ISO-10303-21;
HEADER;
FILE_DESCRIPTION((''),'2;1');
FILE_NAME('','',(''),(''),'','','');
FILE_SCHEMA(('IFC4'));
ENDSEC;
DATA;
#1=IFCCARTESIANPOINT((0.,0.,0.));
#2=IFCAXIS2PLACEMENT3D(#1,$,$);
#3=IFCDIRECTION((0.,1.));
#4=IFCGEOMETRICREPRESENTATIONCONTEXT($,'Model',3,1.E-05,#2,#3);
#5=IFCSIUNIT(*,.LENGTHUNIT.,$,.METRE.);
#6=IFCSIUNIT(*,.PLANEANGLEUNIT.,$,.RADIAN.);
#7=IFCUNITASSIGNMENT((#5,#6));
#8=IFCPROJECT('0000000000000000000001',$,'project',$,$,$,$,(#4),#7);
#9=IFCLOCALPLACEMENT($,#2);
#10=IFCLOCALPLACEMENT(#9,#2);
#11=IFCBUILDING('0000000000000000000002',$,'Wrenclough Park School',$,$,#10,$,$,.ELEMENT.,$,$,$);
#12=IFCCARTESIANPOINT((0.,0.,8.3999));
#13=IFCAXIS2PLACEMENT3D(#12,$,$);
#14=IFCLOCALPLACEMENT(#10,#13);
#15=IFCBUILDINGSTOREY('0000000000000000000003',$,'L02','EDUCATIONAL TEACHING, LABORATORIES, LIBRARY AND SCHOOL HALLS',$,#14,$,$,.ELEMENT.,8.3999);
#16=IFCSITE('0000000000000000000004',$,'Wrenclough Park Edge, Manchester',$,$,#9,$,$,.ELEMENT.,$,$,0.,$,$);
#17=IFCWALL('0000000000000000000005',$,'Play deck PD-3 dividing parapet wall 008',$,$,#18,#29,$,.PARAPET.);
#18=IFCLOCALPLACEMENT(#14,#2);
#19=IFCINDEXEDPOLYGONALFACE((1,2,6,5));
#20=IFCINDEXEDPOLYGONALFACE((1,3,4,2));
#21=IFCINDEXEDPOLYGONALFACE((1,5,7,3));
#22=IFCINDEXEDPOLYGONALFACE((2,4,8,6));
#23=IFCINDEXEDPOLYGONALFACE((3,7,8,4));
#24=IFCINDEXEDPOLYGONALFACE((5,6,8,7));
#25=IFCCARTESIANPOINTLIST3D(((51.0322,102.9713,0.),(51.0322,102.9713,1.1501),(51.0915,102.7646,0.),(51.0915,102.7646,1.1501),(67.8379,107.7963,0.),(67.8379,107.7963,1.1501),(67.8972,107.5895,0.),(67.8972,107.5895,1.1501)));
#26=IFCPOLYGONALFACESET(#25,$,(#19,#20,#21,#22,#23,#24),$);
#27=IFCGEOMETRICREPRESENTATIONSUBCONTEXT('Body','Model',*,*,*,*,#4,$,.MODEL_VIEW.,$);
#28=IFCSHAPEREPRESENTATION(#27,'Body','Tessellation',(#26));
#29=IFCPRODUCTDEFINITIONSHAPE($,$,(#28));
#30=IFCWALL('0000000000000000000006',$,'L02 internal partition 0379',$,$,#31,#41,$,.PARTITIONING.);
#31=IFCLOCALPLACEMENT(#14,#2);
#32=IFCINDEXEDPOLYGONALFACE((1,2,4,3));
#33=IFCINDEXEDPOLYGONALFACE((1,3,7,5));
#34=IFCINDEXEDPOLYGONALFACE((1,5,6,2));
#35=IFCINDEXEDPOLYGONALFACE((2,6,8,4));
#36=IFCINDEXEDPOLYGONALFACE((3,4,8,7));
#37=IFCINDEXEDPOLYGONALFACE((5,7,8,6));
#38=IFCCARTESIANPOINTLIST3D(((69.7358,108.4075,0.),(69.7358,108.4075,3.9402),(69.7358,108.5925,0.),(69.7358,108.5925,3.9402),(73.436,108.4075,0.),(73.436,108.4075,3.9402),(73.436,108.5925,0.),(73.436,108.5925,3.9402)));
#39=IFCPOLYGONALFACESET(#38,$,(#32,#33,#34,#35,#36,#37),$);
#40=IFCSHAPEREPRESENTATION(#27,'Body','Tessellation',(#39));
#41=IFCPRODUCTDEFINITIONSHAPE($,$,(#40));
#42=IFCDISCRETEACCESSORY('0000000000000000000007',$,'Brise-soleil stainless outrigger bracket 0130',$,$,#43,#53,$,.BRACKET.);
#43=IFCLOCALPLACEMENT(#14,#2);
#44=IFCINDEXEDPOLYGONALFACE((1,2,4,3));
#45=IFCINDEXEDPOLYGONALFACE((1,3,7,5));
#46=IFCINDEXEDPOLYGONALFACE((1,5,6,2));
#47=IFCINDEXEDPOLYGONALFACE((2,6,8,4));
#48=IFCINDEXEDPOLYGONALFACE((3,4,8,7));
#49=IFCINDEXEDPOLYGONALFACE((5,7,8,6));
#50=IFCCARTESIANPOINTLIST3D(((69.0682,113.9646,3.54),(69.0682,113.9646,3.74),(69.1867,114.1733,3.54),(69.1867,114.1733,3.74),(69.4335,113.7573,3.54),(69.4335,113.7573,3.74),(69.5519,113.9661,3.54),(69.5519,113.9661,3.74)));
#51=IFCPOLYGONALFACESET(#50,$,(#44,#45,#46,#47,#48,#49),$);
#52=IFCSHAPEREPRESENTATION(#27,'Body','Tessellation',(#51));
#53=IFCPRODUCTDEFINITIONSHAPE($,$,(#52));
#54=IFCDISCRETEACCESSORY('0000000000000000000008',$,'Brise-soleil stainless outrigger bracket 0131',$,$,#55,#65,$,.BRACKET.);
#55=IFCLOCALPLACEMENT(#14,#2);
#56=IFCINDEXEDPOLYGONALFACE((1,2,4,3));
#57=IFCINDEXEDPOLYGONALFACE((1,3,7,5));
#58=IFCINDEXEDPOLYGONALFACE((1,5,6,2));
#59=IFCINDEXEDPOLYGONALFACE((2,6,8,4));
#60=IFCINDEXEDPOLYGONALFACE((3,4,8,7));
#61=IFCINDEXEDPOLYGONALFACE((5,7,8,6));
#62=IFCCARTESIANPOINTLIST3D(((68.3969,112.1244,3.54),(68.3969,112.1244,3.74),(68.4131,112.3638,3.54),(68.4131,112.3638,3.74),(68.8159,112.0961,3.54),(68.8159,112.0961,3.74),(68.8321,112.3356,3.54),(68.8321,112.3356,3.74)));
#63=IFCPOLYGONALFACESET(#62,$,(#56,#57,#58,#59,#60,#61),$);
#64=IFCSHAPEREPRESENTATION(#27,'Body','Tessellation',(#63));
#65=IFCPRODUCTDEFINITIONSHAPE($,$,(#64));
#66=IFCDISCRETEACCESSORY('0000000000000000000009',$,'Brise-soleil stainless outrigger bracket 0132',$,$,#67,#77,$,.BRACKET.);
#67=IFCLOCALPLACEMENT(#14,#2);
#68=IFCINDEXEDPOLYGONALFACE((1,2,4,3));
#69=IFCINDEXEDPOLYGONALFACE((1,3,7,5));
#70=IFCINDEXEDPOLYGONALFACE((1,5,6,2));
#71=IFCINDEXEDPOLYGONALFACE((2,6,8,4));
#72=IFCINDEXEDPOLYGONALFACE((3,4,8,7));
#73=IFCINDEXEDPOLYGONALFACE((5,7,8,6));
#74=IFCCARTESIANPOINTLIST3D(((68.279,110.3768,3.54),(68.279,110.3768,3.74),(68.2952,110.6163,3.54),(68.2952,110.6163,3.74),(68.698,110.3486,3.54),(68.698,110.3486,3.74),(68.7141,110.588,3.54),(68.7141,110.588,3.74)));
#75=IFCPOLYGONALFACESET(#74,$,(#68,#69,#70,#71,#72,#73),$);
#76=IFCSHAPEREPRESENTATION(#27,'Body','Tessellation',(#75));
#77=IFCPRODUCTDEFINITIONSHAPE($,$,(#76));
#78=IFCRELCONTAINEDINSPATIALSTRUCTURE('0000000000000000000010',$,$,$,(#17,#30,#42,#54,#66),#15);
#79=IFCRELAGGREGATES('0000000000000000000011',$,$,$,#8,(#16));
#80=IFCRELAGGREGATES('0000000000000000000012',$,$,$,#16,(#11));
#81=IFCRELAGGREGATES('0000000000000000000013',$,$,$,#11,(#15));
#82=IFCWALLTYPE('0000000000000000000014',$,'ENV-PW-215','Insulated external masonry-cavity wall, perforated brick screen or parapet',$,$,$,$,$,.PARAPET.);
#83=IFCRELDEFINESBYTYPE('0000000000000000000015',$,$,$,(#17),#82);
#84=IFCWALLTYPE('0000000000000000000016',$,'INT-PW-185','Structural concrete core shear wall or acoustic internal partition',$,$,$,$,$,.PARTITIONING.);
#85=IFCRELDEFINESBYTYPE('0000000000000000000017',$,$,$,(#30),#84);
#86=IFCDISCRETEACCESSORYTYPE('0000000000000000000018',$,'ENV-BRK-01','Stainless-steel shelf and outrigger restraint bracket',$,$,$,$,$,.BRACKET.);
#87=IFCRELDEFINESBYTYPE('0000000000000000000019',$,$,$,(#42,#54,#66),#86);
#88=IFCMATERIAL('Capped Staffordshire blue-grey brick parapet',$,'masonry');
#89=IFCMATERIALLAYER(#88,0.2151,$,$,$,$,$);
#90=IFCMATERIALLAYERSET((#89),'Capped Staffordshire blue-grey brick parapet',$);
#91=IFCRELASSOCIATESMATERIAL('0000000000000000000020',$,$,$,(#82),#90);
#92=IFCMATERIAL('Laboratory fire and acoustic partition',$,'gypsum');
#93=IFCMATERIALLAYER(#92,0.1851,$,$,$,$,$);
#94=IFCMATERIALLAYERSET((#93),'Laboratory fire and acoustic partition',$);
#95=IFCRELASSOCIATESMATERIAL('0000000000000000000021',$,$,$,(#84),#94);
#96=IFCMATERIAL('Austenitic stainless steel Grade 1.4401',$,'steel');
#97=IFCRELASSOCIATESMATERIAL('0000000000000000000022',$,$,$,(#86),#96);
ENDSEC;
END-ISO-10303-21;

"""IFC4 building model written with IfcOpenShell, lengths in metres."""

from ifc_helpers import new_model, si_unit, direction, frame, frame_2d, origin, origin_2d, place, context, subcontext, project, spatial, rectangle, extrude, material, layer, layer_set, type_object, element, save


model = new_model("IFC4")

# Units and contexts
model_context = context("Model", 3, precision=1e-05, world=origin(), true_north=direction((0.0, 1.0)))
body_context = subcontext(model_context, "Body", "Model", "MODEL_VIEW")
ifc_project = project(units=[si_unit("LENGTHUNIT", "METRE"), si_unit("PLANEANGLEUNIT", "RADIAN")], contexts=[model_context])

# Site, building, storey
site_placement = place(None, origin())
site = spatial("IfcSite", under=ifc_project, at=site_placement, Name="Wrenclough Park Edge, Manchester", CompositionType="ELEMENT", RefElevation=0.0)
building_placement = place(site_placement, origin())
building = spatial("IfcBuilding", under=site, at=building_placement, Name="Wrenclough Park School", CompositionType="ELEMENT")
storey_placement = place(building_placement, frame((0.0, 0.0, 8.3999)))
storey = spatial("IfcBuildingStorey", under=building, at=storey_placement, Name="L02", Description="EDUCATIONAL TEACHING, LABORATORIES, LIBRARY AND SCHOOL HALLS", CompositionType="ELEMENT", Elevation=8.3999)

# Walls
ifc_material_1 = material(Name="Capped Staffordshire blue-grey brick parapet", Category="masonry")
ifc_layer_1 = layer(ifc_material_1, 0.2151)
ifc_layer_set_1 = layer_set([ifc_layer_1], Name="Capped Staffordshire blue-grey brick parapet")
wall_type_1 = type_object("IfcWallType", Name="ENV-PW-215", Description="Insulated external masonry-cavity wall, perforated brick screen or parapet", PredefinedType="PARAPET", material=ifc_layer_set_1)
wall_1_placement = place(storey_placement, frame((67.8674, 107.6929, 0.0), z_axis=(0.0, 0.0, 1.0), x_axis=(-0.961171, -0.275955, 0.0)))
element("IfcWall", 1, at=wall_1_placement, inside=storey, type_object=wall_type_1, Name="Play deck PD-3 dividing parapet wall 008", PredefinedType="PARAPET", context=body_context, shape_type="SweptSolid", body=[
    extrude(rectangle(XDim=17.4846, YDim=0.2151, at=frame_2d((8.7422, 0.0))), origin(), (0.0, 0.0, 1.0), 1.1501),
])
ifc_material_2 = material(Name="Laboratory fire and acoustic partition", Category="gypsum")
ifc_layer_2 = layer(ifc_material_2, 0.1851)
ifc_layer_set_2 = layer_set([ifc_layer_2], Name="Laboratory fire and acoustic partition")
wall_type_2 = type_object("IfcWallType", Name="INT-PW-185", Description="Structural concrete core shear wall or acoustic internal partition", PredefinedType="PARTITIONING", material=ifc_layer_set_2)
wall_2_placement = place(storey_placement, frame((69.7358, 108.5, 0.0), z_axis=(0.0, 0.0, 1.0), x_axis=(1.0, 0.0, 0.0)))
element("IfcWall", 2, at=wall_2_placement, inside=storey, type_object=wall_type_2, Name="L02 internal partition 0379", PredefinedType="PARTITIONING", context=body_context, shape_type="SweptSolid", body=[
    extrude(rectangle(XDim=3.7002, YDim=0.1851, at=frame_2d((1.8501, 0.0))), origin(), (0.0, 0.0, 1.0), 3.9402),
])

# Discrete accessories
ifc_material_3 = material(Name="Austenitic stainless steel Grade 1.4401", Category="steel")
discrete_accessory_type = type_object("IfcDiscreteAccessoryType", Name="ENV-BRK-01", Description="Stainless-steel shelf and outrigger restraint bracket", PredefinedType="BRACKET", material=ifc_material_3)
for number, where, z_axis, x_axis, name in (
    (3, (69.3101, 113.9653, 3.54), (0.0, 0.0, 1.0), (-0.493509, -0.869741, 0.0), "Brise-soleil stainless outrigger bracket 0130"),
    (4, (68.6145, 112.23, 3.54), (0.0, 0.0, 1.0), (-0.067274, -0.997735, 0.0), "Brise-soleil stainless outrigger bracket 0131"),
    (5, (68.4966, 110.4824, 3.54), (0.0, 0.0, 1.0), (-0.067274, -0.997735, 0.0), "Brise-soleil stainless outrigger bracket 0132"),
):
    element("IfcDiscreteAccessory", number, at=place(storey_placement, frame(where, z_axis=z_axis, x_axis=x_axis)), inside=storey, type_object=discrete_accessory_type, Name=name, PredefinedType="BRACKET", context=body_context, shape_type="SweptSolid", body=[
        extrude(rectangle(XDim=0.24, YDim=0.4199, at=origin_2d()), origin(), (0.0, 0.0, 1.0), 0.2),
    ])

save(model, "model.ifc")
